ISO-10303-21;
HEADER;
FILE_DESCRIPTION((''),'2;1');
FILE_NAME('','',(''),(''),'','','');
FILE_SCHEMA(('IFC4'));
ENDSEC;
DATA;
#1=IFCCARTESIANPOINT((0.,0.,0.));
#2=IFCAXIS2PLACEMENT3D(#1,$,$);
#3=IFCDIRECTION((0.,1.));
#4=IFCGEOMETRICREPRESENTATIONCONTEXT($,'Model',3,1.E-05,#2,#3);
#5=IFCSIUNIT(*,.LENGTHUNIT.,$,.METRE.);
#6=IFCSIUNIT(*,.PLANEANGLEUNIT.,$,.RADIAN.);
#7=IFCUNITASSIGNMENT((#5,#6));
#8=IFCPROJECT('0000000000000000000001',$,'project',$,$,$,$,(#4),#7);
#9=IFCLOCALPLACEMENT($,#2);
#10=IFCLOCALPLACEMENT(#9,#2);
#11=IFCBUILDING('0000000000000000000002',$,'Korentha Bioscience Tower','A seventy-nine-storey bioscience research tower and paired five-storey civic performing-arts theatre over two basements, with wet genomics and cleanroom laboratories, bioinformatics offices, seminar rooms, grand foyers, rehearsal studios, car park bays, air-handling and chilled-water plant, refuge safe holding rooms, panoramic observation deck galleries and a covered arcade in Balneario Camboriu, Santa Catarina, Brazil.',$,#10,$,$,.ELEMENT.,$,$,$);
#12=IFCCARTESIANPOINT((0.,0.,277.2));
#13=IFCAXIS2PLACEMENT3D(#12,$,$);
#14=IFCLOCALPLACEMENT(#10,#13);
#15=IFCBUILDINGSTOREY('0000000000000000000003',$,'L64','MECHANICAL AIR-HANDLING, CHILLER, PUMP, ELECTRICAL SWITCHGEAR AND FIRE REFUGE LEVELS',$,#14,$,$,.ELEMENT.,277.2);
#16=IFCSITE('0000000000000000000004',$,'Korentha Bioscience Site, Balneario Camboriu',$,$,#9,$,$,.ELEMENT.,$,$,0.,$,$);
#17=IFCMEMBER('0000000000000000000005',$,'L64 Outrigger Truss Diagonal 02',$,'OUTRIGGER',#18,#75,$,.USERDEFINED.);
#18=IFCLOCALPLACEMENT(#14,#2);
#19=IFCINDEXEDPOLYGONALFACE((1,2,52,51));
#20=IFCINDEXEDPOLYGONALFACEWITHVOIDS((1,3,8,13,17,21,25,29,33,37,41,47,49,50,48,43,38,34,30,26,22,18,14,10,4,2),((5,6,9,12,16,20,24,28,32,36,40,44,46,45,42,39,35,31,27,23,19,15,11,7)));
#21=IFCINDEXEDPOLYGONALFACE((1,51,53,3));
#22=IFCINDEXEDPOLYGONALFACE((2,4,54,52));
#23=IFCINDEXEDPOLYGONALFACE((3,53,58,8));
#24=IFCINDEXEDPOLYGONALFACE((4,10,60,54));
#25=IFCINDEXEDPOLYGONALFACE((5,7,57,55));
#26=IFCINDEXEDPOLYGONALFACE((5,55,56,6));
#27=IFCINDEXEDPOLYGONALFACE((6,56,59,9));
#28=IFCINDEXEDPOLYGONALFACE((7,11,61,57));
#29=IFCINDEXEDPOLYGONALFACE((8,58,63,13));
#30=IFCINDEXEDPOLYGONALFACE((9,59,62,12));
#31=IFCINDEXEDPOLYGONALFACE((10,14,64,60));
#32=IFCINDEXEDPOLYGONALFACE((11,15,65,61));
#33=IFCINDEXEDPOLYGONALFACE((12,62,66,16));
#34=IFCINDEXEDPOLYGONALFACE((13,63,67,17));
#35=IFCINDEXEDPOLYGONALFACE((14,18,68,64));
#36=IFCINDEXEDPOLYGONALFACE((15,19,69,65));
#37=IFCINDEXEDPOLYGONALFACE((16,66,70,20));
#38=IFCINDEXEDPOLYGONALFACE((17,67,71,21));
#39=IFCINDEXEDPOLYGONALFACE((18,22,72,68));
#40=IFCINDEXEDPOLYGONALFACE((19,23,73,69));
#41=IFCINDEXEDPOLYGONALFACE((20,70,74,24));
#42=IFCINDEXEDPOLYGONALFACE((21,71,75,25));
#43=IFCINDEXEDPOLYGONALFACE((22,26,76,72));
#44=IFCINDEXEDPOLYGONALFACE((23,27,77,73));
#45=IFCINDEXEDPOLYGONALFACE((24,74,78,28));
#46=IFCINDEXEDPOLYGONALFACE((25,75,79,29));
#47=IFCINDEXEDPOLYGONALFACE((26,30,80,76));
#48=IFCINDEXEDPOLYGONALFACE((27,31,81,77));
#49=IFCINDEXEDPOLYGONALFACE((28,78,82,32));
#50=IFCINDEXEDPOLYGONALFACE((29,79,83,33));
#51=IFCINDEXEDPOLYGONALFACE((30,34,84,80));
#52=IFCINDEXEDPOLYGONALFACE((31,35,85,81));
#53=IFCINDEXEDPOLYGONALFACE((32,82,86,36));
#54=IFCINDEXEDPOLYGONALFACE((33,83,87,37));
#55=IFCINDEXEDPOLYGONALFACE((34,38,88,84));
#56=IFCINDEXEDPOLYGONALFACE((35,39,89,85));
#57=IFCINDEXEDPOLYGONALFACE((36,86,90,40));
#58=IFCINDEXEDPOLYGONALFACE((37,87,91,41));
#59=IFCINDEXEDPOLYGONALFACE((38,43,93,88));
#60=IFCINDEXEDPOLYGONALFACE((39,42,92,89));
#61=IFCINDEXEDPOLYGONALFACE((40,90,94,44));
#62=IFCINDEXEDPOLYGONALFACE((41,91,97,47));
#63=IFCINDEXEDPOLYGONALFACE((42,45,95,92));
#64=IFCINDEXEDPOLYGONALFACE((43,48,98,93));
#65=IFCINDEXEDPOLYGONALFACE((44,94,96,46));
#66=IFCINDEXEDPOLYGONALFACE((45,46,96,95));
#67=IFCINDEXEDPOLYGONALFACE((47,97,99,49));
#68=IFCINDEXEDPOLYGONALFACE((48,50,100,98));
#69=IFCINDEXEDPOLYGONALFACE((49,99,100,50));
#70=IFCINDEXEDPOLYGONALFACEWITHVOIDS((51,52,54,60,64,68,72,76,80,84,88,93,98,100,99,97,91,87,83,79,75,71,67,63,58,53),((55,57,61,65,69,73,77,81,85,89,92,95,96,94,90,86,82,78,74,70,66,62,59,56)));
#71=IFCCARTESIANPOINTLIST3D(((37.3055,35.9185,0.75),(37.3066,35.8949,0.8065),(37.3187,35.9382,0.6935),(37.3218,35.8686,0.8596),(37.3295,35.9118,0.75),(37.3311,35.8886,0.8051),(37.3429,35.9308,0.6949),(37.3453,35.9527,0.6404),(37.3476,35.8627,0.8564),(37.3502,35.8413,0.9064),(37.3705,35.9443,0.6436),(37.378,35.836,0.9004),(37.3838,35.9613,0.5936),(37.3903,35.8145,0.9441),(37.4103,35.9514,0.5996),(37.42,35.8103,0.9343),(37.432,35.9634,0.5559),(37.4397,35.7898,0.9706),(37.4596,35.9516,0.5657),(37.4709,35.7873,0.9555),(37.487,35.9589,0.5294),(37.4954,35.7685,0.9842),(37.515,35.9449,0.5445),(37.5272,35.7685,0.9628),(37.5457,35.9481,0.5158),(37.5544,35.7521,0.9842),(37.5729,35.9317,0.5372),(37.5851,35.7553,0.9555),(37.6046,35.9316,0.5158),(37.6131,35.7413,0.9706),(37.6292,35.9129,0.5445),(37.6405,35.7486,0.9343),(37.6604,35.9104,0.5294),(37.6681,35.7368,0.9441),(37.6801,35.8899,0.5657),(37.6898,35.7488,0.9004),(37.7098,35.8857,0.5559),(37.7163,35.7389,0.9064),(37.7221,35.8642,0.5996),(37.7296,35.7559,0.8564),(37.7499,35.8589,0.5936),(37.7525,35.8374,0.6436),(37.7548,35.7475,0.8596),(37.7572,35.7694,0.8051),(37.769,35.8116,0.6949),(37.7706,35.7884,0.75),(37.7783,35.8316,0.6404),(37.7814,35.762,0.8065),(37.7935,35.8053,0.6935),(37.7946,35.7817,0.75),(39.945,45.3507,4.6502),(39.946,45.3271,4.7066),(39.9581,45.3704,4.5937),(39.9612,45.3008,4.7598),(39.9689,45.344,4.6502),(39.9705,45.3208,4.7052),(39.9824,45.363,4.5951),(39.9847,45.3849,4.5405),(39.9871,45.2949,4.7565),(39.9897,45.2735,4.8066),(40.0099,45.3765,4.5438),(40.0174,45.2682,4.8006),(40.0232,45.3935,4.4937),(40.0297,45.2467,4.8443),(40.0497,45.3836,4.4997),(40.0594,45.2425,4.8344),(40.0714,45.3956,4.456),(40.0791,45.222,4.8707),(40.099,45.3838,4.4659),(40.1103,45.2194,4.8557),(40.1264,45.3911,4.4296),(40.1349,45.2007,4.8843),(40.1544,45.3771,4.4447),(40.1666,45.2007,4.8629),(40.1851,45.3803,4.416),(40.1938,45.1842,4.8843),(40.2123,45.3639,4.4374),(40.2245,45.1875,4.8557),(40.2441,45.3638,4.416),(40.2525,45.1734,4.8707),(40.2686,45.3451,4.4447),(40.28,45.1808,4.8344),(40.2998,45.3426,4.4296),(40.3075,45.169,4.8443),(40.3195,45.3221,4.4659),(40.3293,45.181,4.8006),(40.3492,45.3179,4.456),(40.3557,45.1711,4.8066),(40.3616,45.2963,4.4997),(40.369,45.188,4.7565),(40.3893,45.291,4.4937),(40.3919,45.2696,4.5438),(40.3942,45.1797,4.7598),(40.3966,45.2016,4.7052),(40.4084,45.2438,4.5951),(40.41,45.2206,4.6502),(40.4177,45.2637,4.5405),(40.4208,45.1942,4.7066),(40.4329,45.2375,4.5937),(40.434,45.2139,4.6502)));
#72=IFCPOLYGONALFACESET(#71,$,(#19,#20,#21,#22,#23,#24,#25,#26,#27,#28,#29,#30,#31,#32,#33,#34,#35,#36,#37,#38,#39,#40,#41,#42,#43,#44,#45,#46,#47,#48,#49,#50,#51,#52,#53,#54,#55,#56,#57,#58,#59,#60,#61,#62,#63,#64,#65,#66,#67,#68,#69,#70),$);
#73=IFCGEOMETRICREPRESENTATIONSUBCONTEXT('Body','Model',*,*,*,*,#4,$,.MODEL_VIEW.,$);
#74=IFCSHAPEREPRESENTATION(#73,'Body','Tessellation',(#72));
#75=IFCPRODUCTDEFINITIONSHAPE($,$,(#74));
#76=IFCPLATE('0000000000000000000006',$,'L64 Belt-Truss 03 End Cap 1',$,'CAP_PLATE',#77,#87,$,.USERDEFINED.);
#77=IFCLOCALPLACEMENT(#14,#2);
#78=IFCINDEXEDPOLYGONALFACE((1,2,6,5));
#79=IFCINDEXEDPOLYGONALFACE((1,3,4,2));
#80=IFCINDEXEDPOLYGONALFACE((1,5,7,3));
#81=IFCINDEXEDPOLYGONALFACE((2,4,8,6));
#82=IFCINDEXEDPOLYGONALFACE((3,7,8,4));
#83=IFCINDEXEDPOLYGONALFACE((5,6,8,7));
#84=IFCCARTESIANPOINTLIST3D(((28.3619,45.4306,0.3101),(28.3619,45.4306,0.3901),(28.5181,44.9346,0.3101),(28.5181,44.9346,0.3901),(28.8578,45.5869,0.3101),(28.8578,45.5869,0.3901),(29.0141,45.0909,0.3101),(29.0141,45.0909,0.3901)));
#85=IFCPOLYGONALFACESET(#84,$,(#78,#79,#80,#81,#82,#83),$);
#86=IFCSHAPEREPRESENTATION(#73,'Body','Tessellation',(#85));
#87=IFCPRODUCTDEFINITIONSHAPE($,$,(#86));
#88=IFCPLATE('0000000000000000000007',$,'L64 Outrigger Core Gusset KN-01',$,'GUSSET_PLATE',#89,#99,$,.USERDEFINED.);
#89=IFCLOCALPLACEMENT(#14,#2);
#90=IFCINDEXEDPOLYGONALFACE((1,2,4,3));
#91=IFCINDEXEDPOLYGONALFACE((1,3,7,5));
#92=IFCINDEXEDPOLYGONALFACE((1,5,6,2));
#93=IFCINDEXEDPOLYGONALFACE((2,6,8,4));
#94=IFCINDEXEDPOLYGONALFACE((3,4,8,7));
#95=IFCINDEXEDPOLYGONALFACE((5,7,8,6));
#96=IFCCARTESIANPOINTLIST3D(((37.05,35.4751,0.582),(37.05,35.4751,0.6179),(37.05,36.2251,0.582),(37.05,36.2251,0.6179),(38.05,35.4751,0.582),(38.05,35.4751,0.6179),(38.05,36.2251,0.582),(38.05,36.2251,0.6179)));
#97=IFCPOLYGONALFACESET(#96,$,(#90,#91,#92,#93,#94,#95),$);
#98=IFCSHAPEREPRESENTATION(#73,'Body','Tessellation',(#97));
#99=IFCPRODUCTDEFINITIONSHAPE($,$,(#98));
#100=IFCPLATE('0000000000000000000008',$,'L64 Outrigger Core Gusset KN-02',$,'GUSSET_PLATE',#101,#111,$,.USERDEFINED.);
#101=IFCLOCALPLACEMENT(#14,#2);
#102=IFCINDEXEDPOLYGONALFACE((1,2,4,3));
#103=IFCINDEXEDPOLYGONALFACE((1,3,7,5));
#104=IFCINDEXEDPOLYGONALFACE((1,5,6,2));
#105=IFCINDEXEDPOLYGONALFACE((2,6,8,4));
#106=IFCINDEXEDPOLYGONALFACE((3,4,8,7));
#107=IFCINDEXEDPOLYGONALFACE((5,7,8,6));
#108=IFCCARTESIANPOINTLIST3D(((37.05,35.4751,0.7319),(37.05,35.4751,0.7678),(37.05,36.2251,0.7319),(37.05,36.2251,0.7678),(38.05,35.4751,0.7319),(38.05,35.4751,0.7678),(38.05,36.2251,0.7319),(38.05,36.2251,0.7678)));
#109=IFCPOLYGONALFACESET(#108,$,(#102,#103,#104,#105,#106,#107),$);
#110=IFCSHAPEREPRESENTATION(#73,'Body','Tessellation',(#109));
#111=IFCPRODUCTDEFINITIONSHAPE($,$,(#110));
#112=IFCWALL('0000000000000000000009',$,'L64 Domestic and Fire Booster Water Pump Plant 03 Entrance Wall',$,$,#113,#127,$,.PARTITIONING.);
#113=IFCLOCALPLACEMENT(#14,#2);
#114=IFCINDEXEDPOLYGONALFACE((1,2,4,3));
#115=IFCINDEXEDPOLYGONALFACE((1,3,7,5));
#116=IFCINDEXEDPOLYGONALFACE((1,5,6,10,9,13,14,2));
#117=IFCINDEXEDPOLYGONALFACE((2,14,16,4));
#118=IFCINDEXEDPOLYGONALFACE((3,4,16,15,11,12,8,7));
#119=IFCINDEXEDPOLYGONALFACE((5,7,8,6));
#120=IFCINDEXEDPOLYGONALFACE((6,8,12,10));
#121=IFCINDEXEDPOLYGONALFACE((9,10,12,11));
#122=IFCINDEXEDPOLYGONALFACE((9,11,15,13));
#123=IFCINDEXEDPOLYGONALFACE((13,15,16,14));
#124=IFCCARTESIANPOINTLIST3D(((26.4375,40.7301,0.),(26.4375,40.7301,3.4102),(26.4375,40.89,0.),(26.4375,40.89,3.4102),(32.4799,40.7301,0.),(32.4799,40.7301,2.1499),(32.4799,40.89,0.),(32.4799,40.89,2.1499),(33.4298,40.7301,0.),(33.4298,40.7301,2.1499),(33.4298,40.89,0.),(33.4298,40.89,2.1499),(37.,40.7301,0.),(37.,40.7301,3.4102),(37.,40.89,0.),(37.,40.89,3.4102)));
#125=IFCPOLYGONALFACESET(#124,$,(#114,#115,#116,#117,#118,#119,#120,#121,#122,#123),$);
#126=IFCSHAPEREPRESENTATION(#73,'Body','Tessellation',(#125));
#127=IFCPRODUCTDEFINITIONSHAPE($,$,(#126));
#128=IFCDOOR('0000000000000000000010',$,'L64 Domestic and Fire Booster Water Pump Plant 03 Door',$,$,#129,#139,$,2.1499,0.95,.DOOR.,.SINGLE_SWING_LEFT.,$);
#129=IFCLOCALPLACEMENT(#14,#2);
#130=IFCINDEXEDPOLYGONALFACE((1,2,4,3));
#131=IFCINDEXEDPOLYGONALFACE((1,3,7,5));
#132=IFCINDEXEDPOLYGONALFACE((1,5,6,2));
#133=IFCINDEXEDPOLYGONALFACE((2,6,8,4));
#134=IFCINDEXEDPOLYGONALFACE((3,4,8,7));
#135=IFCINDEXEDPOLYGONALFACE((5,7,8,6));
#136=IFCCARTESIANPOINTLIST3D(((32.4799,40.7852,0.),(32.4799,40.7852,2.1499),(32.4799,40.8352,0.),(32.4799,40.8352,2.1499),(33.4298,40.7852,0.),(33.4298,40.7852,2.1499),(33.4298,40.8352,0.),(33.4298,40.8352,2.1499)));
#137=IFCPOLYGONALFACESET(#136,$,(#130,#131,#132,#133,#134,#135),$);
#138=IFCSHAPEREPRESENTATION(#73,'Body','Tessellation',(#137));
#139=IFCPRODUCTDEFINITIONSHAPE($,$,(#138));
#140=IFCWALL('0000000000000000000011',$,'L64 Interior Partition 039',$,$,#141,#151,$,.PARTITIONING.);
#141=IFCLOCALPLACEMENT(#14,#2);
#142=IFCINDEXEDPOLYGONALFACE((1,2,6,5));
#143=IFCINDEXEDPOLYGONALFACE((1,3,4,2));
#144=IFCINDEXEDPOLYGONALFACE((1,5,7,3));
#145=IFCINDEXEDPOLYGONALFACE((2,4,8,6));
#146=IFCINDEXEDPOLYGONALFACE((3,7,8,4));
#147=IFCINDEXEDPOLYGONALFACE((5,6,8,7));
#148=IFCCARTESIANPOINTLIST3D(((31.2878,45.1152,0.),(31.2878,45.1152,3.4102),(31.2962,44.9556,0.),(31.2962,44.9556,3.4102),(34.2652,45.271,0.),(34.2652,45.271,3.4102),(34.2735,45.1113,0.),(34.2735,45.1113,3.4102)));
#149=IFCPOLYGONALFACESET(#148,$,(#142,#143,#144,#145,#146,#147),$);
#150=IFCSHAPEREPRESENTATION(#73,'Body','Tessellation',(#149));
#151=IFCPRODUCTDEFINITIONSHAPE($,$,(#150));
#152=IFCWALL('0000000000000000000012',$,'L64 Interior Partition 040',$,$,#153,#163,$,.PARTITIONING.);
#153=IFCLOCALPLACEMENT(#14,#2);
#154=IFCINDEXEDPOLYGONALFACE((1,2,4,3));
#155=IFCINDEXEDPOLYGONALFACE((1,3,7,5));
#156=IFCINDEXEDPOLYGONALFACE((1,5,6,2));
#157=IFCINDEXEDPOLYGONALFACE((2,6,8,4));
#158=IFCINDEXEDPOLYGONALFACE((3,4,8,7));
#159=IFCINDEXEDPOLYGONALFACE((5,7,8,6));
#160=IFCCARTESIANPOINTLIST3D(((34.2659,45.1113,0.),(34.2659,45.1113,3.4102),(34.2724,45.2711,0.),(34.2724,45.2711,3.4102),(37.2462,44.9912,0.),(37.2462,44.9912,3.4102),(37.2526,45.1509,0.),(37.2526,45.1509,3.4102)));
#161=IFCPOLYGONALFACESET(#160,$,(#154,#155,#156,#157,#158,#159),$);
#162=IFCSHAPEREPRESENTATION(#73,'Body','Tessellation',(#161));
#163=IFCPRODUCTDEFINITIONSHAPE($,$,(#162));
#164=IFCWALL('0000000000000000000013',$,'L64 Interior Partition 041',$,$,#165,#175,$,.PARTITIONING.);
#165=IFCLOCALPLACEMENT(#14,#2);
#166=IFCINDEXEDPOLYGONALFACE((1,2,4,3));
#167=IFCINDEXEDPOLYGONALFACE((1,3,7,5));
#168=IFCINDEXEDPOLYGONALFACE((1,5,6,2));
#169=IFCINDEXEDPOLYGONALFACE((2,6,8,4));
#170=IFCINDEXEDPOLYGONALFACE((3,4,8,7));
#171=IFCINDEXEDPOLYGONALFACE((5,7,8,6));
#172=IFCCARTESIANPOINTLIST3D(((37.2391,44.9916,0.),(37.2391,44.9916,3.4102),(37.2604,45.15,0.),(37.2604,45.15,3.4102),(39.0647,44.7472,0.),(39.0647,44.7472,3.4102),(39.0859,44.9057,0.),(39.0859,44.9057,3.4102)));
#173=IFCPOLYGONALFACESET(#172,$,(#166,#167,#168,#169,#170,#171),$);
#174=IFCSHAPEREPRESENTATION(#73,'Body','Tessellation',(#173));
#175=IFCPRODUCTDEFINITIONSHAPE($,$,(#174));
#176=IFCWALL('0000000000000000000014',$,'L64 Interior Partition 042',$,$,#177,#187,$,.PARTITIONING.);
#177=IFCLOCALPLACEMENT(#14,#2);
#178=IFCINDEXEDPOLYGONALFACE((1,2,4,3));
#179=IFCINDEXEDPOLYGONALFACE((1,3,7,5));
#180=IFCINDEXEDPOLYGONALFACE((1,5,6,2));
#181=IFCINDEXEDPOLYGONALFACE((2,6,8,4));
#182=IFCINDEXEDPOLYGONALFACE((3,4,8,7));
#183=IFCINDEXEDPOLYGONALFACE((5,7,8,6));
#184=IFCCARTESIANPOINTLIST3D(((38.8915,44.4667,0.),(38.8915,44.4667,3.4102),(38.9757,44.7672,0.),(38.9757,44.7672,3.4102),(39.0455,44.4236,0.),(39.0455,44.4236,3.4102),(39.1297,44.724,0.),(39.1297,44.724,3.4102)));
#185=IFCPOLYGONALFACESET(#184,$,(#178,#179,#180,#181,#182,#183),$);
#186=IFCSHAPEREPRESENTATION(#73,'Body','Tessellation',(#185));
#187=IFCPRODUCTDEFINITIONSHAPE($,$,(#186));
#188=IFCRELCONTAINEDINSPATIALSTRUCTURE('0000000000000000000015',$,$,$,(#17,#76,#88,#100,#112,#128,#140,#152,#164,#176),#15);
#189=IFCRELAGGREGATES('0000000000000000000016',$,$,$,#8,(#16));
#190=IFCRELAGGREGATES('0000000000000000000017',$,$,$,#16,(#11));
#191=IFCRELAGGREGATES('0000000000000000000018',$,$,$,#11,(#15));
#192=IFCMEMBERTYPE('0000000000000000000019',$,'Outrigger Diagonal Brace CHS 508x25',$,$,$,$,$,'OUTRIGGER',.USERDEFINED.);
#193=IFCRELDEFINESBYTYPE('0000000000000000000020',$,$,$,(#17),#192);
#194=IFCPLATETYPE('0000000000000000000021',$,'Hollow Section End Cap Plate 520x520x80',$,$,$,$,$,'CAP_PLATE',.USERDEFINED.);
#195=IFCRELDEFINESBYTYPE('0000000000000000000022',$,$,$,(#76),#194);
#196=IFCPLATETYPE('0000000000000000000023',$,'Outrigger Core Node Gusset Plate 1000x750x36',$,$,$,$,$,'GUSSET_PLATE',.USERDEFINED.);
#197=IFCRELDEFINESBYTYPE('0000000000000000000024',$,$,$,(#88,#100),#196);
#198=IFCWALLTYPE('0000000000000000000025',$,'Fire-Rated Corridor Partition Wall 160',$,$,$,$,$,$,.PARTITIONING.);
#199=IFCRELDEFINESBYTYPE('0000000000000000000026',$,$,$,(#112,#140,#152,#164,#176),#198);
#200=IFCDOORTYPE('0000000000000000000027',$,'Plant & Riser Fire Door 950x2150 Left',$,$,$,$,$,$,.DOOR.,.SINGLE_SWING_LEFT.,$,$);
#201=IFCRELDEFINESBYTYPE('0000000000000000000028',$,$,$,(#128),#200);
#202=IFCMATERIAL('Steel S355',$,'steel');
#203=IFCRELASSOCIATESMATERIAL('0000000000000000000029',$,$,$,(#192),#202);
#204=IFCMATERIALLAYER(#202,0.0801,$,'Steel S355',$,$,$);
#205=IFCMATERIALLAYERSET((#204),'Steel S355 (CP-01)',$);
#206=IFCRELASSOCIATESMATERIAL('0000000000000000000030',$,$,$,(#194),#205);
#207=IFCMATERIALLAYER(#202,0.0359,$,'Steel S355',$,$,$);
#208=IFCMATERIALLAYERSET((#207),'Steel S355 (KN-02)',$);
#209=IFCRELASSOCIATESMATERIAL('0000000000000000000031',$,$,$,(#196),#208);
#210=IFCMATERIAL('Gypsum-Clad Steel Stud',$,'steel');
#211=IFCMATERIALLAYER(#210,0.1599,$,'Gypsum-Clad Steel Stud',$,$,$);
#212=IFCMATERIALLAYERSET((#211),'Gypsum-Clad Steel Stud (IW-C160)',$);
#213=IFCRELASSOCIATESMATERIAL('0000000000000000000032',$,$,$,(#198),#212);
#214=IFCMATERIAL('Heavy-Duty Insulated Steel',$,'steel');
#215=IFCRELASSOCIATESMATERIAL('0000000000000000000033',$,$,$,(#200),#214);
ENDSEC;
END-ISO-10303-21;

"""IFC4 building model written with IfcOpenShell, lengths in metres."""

from ifc_helpers import new_model, si_unit, direction, frame, frame_2d, origin, origin_2d, place, context, subcontext, project, spatial, rectangle, hollow_circle, extrude, material, layer, layer_set, material_profile, profile_set, type_object, element, fill, save


model = new_model("IFC4")

# Units and contexts
model_context = context("Model", 3, precision=1e-05, world=origin(), true_north=direction((0.0, 1.0)))
body_context = subcontext(model_context, "Body", "Model", "MODEL_VIEW")
ifc_project = project(units=[si_unit("LENGTHUNIT", "METRE"), si_unit("PLANEANGLEUNIT", "RADIAN")], contexts=[model_context])

# Site, building, storey
site_placement = place(None, origin())
site = spatial("IfcSite", under=ifc_project, at=site_placement, Name="Korentha Bioscience Site, Balneario Camboriu", CompositionType="ELEMENT", RefElevation=0.0)
building_placement = place(site_placement, origin())
building = spatial("IfcBuilding", under=site, at=building_placement, Name="Korentha Bioscience Tower", Description="A seventy-nine-storey bioscience research tower and paired five-storey civic performing-arts theatre over two basements, with wet genomics and cleanroom laboratories, bioinformatics offices, seminar rooms, grand foyers, rehearsal studios, car park bays, air-handling and chilled-water plant, refuge safe holding rooms, panoramic observation deck galleries and a covered arcade in Balneario Camboriu, Santa Catarina, Brazil.", CompositionType="ELEMENT")
storey_placement = place(building_placement, frame((0.0, 0.0, 277.2)))
storey = spatial("IfcBuildingStorey", under=building, at=storey_placement, Name="L64", Description="MECHANICAL AIR-HANDLING, CHILLER, PUMP, ELECTRICAL SWITCHGEAR AND FIRE REFUGE LEVELS", CompositionType="ELEMENT", Elevation=277.2)

# Shared definitions
ifc_material_1 = material(Name="Steel S355", Category="steel")

# Member
ifc_material_profile_1 = material_profile(ifc_material_1, hollow_circle(Radius=0.2539, WallThickness=0.0249, at=origin_2d()), Name="Steel S355")
ifc_profile_set_1 = profile_set([ifc_material_profile_1], Name="Steel S355 (OU-508)")
member_type = type_object("IfcMemberType", Name="Outrigger Diagonal Brace CHS 508x25", ElementType="OUTRIGGER", PredefinedType="USERDEFINED", material=ifc_profile_set_1)
member_1_placement = place(storey_placement, frame((37.55, 35.8501, 0.75), z_axis=(0.25036, 0.894683, 0.369948), x_axis=(-0.963006, 0.269479, 0.0)))
element("IfcMember", 1, at=member_1_placement, inside=storey, type_object=member_type, Name="L64 Outrigger Truss Diagonal 02", ObjectType="OUTRIGGER", PredefinedType="USERDEFINED", context=body_context, shape_type="SweptSolid", body=[
    extrude(hollow_circle(Radius=0.2539, WallThickness=0.0249, at=origin_2d()), origin(), (0.0, 0.0, 1.0), 10.5425),
])

# Plates
ifc_layer_1 = layer(ifc_material_1, 0.0801, Name="Steel S355")
ifc_layer_set_1 = layer_set([ifc_layer_1], Name="Steel S355 (CP-01)")
plate_type_1 = type_object("IfcPlateType", Name="Hollow Section End Cap Plate 520x520x80", ElementType="CAP_PLATE", PredefinedType="USERDEFINED", material=ifc_layer_set_1)
plate_placement = place(storey_placement, frame((28.688, 45.2607, 0.3101), z_axis=(0.0, 0.0, 1.0), x_axis=(0.953769, 0.300539, 0.0)))
element("IfcPlate", 2, at=plate_placement, inside=storey, type_object=plate_type_1, Name="L64 Belt-Truss 03 End Cap 1", ObjectType="CAP_PLATE", PredefinedType="USERDEFINED", context=body_context, shape_type="SweptSolid", body=[
    extrude(rectangle(XDim=0.52, YDim=0.52, at=origin_2d()), origin(), (0.0, 0.0, 1.0), 0.0801),
])
ifc_layer_2 = layer(ifc_material_1, 0.0359, Name="Steel S355")
ifc_layer_set_2 = layer_set([ifc_layer_2], Name="Steel S355 (KN-02)")
plate_type_2 = type_object("IfcPlateType", Name="Outrigger Core Node Gusset Plate 1000x750x36", ElementType="GUSSET_PLATE", PredefinedType="USERDEFINED", material=ifc_layer_set_2)
for number, where, z_axis, x_axis, name in (
    (3, (37.55, 35.8501, 0.582), (0.0, 0.0, 1.0), (1.0, 0.0, 0.0), "L64 Outrigger Core Gusset KN-01"),
    (4, (37.55, 35.8501, 0.7319), (0.0, 0.0, 1.0), (1.0, 0.0, 0.0), "L64 Outrigger Core Gusset KN-02"),
):
    element("IfcPlate", number, at=place(storey_placement, frame(where, z_axis=z_axis, x_axis=x_axis)), inside=storey, type_object=plate_type_2, Name=name, ObjectType="GUSSET_PLATE", PredefinedType="USERDEFINED", context=body_context, shape_type="SweptSolid", body=[
        extrude(rectangle(XDim=1.0, YDim=0.75, at=origin_2d()), origin(), (0.0, 0.0, 1.0), 0.0359),
    ])

# Wall, opening, door
ifc_material_2 = material(Name="Gypsum-Clad Steel Stud", Category="steel")
ifc_layer_3 = layer(ifc_material_2, 0.1599, Name="Gypsum-Clad Steel Stud")
ifc_layer_set_3 = layer_set([ifc_layer_3], Name="Gypsum-Clad Steel Stud (IW-C160)")
wall_type_1 = type_object("IfcWallType", Name="Fire-Rated Corridor Partition Wall 160", PredefinedType="PARTITIONING", material=ifc_layer_set_3)
wall_1_placement = place(storey_placement, frame((37.0, 40.8101, 0.0), z_axis=(0.0, 0.0, 1.0), x_axis=(-1.0, 0.0, 0.0)))
wall_1 = element("IfcWall", 5, at=wall_1_placement, inside=storey, type_object=wall_type_1, Name="L64 Domestic and Fire Booster Water Pump Plant 03 Entrance Wall", PredefinedType="PARTITIONING", context=body_context, shape_type="SweptSolid", body=[
    extrude(rectangle(XDim=10.5625, YDim=0.1599, at=frame_2d((5.2812, 0.0))), origin(), (0.0, 0.0, 1.0), 3.4102),
])
opening_placement = place(wall_1_placement, frame((3.5701, 0.0, 0.0)))
opening = element("IfcOpeningElement", 6, at=opening_placement, cuts=wall_1, PredefinedType="OPENING", context=body_context, shape_type="SweptSolid", body=[
    extrude(rectangle(XDim=0.95, YDim=2.1499, at=frame_2d((0.4751, 1.075))), frame((0.0, 0.0947, 0.0), z_axis=(0.0, -1.0, 0.0), x_axis=(1.0, 0.0, 0.0)), (0.0, 0.0, 1.0), 0.1897),
])
ifc_material_3 = material(Name="Heavy-Duty Insulated Steel", Category="steel")
door_type = type_object("IfcDoorType", Name="Plant & Riser Fire Door 950x2150 Left", OperationType="SINGLE_SWING_LEFT", PredefinedType="DOOR", material=ifc_material_3)
door_placement = place(opening_placement, origin())
door = element("IfcDoor", 7, at=door_placement, inside=storey, type_object=door_type, Name="L64 Domestic and Fire Booster Water Pump Plant 03 Door", OperationType="SINGLE_SWING_LEFT", OverallHeight=2.1499, OverallWidth=0.95, PredefinedType="DOOR", context=body_context, shape_type="SweptSolid", body=[
    extrude(rectangle(XDim=0.95, YDim=2.1499, at=frame_2d((0.4751, 1.075))), frame((0.0, 0.0249, 0.0), z_axis=(0.0, -1.0, 0.0), x_axis=(1.0, 0.0, 0.0)), (0.0, 0.0, 1.0), 0.05),
])
fill(opening, door)

# Walls
wall_2_placement = place(storey_placement, frame((31.292, 45.0354, 0.0), z_axis=(0.0, 0.0, 1.0), x_axis=(0.998634, 0.052245, 0.0)))
element("IfcWall", 8, at=wall_2_placement, inside=storey, type_object=wall_type_1, Name="L64 Interior Partition 039", PredefinedType="PARTITIONING", context=body_context, shape_type="SweptSolid", body=[
    extrude(rectangle(XDim=2.9814, YDim=0.1599, at=frame_2d((1.4907, 0.0))), origin(), (0.0, 0.0, 1.0), 3.4102),
])
wall_3_placement = place(storey_placement, frame((34.2693, 45.1912, 0.0), z_axis=(0.0, 0.0, 1.0), x_axis=(0.999189, -0.040272, 0.0)))
element("IfcWall", 9, at=wall_3_placement, inside=storey, type_object=wall_type_1, Name="L64 Interior Partition 040", PredefinedType="PARTITIONING", context=body_context, shape_type="SweptSolid", body=[
    extrude(rectangle(XDim=2.9827, YDim=0.1599, at=frame_2d((1.4912, 0.0))), origin(), (0.0, 0.0, 1.0), 3.4102),
])
wall_4_placement = place(storey_placement, frame((37.2498, 45.0708, 0.0), z_axis=(0.0, 0.0, 1.0), x_axis=(0.991157, -0.132693, 0.0)))
element("IfcWall", 10, at=wall_4_placement, inside=storey, type_object=wall_type_1, Name="L64 Interior Partition 041", PredefinedType="PARTITIONING", context=body_context, shape_type="SweptSolid", body=[
    extrude(rectangle(XDim=1.8418, YDim=0.1599, at=frame_2d((0.9209, 0.0))), origin(), (0.0, 0.0, 1.0), 3.4102),
])
wall_5_placement = place(storey_placement, frame((39.0527, 44.7456, 0.0), z_axis=(0.0, 0.0, 1.0), x_axis=(-0.269862, -0.962899, 0.0)))
element("IfcWall", 11, at=wall_5_placement, inside=storey, type_object=wall_type_1, Name="L64 Interior Partition 042", PredefinedType="PARTITIONING", context=body_context, shape_type="SweptSolid", body=[
    extrude(rectangle(XDim=0.312, YDim=0.1599, at=frame_2d((0.156, 0.0))), origin(), (0.0, 0.0, 1.0), 3.4102),
])

save(model, "model.ifc")
